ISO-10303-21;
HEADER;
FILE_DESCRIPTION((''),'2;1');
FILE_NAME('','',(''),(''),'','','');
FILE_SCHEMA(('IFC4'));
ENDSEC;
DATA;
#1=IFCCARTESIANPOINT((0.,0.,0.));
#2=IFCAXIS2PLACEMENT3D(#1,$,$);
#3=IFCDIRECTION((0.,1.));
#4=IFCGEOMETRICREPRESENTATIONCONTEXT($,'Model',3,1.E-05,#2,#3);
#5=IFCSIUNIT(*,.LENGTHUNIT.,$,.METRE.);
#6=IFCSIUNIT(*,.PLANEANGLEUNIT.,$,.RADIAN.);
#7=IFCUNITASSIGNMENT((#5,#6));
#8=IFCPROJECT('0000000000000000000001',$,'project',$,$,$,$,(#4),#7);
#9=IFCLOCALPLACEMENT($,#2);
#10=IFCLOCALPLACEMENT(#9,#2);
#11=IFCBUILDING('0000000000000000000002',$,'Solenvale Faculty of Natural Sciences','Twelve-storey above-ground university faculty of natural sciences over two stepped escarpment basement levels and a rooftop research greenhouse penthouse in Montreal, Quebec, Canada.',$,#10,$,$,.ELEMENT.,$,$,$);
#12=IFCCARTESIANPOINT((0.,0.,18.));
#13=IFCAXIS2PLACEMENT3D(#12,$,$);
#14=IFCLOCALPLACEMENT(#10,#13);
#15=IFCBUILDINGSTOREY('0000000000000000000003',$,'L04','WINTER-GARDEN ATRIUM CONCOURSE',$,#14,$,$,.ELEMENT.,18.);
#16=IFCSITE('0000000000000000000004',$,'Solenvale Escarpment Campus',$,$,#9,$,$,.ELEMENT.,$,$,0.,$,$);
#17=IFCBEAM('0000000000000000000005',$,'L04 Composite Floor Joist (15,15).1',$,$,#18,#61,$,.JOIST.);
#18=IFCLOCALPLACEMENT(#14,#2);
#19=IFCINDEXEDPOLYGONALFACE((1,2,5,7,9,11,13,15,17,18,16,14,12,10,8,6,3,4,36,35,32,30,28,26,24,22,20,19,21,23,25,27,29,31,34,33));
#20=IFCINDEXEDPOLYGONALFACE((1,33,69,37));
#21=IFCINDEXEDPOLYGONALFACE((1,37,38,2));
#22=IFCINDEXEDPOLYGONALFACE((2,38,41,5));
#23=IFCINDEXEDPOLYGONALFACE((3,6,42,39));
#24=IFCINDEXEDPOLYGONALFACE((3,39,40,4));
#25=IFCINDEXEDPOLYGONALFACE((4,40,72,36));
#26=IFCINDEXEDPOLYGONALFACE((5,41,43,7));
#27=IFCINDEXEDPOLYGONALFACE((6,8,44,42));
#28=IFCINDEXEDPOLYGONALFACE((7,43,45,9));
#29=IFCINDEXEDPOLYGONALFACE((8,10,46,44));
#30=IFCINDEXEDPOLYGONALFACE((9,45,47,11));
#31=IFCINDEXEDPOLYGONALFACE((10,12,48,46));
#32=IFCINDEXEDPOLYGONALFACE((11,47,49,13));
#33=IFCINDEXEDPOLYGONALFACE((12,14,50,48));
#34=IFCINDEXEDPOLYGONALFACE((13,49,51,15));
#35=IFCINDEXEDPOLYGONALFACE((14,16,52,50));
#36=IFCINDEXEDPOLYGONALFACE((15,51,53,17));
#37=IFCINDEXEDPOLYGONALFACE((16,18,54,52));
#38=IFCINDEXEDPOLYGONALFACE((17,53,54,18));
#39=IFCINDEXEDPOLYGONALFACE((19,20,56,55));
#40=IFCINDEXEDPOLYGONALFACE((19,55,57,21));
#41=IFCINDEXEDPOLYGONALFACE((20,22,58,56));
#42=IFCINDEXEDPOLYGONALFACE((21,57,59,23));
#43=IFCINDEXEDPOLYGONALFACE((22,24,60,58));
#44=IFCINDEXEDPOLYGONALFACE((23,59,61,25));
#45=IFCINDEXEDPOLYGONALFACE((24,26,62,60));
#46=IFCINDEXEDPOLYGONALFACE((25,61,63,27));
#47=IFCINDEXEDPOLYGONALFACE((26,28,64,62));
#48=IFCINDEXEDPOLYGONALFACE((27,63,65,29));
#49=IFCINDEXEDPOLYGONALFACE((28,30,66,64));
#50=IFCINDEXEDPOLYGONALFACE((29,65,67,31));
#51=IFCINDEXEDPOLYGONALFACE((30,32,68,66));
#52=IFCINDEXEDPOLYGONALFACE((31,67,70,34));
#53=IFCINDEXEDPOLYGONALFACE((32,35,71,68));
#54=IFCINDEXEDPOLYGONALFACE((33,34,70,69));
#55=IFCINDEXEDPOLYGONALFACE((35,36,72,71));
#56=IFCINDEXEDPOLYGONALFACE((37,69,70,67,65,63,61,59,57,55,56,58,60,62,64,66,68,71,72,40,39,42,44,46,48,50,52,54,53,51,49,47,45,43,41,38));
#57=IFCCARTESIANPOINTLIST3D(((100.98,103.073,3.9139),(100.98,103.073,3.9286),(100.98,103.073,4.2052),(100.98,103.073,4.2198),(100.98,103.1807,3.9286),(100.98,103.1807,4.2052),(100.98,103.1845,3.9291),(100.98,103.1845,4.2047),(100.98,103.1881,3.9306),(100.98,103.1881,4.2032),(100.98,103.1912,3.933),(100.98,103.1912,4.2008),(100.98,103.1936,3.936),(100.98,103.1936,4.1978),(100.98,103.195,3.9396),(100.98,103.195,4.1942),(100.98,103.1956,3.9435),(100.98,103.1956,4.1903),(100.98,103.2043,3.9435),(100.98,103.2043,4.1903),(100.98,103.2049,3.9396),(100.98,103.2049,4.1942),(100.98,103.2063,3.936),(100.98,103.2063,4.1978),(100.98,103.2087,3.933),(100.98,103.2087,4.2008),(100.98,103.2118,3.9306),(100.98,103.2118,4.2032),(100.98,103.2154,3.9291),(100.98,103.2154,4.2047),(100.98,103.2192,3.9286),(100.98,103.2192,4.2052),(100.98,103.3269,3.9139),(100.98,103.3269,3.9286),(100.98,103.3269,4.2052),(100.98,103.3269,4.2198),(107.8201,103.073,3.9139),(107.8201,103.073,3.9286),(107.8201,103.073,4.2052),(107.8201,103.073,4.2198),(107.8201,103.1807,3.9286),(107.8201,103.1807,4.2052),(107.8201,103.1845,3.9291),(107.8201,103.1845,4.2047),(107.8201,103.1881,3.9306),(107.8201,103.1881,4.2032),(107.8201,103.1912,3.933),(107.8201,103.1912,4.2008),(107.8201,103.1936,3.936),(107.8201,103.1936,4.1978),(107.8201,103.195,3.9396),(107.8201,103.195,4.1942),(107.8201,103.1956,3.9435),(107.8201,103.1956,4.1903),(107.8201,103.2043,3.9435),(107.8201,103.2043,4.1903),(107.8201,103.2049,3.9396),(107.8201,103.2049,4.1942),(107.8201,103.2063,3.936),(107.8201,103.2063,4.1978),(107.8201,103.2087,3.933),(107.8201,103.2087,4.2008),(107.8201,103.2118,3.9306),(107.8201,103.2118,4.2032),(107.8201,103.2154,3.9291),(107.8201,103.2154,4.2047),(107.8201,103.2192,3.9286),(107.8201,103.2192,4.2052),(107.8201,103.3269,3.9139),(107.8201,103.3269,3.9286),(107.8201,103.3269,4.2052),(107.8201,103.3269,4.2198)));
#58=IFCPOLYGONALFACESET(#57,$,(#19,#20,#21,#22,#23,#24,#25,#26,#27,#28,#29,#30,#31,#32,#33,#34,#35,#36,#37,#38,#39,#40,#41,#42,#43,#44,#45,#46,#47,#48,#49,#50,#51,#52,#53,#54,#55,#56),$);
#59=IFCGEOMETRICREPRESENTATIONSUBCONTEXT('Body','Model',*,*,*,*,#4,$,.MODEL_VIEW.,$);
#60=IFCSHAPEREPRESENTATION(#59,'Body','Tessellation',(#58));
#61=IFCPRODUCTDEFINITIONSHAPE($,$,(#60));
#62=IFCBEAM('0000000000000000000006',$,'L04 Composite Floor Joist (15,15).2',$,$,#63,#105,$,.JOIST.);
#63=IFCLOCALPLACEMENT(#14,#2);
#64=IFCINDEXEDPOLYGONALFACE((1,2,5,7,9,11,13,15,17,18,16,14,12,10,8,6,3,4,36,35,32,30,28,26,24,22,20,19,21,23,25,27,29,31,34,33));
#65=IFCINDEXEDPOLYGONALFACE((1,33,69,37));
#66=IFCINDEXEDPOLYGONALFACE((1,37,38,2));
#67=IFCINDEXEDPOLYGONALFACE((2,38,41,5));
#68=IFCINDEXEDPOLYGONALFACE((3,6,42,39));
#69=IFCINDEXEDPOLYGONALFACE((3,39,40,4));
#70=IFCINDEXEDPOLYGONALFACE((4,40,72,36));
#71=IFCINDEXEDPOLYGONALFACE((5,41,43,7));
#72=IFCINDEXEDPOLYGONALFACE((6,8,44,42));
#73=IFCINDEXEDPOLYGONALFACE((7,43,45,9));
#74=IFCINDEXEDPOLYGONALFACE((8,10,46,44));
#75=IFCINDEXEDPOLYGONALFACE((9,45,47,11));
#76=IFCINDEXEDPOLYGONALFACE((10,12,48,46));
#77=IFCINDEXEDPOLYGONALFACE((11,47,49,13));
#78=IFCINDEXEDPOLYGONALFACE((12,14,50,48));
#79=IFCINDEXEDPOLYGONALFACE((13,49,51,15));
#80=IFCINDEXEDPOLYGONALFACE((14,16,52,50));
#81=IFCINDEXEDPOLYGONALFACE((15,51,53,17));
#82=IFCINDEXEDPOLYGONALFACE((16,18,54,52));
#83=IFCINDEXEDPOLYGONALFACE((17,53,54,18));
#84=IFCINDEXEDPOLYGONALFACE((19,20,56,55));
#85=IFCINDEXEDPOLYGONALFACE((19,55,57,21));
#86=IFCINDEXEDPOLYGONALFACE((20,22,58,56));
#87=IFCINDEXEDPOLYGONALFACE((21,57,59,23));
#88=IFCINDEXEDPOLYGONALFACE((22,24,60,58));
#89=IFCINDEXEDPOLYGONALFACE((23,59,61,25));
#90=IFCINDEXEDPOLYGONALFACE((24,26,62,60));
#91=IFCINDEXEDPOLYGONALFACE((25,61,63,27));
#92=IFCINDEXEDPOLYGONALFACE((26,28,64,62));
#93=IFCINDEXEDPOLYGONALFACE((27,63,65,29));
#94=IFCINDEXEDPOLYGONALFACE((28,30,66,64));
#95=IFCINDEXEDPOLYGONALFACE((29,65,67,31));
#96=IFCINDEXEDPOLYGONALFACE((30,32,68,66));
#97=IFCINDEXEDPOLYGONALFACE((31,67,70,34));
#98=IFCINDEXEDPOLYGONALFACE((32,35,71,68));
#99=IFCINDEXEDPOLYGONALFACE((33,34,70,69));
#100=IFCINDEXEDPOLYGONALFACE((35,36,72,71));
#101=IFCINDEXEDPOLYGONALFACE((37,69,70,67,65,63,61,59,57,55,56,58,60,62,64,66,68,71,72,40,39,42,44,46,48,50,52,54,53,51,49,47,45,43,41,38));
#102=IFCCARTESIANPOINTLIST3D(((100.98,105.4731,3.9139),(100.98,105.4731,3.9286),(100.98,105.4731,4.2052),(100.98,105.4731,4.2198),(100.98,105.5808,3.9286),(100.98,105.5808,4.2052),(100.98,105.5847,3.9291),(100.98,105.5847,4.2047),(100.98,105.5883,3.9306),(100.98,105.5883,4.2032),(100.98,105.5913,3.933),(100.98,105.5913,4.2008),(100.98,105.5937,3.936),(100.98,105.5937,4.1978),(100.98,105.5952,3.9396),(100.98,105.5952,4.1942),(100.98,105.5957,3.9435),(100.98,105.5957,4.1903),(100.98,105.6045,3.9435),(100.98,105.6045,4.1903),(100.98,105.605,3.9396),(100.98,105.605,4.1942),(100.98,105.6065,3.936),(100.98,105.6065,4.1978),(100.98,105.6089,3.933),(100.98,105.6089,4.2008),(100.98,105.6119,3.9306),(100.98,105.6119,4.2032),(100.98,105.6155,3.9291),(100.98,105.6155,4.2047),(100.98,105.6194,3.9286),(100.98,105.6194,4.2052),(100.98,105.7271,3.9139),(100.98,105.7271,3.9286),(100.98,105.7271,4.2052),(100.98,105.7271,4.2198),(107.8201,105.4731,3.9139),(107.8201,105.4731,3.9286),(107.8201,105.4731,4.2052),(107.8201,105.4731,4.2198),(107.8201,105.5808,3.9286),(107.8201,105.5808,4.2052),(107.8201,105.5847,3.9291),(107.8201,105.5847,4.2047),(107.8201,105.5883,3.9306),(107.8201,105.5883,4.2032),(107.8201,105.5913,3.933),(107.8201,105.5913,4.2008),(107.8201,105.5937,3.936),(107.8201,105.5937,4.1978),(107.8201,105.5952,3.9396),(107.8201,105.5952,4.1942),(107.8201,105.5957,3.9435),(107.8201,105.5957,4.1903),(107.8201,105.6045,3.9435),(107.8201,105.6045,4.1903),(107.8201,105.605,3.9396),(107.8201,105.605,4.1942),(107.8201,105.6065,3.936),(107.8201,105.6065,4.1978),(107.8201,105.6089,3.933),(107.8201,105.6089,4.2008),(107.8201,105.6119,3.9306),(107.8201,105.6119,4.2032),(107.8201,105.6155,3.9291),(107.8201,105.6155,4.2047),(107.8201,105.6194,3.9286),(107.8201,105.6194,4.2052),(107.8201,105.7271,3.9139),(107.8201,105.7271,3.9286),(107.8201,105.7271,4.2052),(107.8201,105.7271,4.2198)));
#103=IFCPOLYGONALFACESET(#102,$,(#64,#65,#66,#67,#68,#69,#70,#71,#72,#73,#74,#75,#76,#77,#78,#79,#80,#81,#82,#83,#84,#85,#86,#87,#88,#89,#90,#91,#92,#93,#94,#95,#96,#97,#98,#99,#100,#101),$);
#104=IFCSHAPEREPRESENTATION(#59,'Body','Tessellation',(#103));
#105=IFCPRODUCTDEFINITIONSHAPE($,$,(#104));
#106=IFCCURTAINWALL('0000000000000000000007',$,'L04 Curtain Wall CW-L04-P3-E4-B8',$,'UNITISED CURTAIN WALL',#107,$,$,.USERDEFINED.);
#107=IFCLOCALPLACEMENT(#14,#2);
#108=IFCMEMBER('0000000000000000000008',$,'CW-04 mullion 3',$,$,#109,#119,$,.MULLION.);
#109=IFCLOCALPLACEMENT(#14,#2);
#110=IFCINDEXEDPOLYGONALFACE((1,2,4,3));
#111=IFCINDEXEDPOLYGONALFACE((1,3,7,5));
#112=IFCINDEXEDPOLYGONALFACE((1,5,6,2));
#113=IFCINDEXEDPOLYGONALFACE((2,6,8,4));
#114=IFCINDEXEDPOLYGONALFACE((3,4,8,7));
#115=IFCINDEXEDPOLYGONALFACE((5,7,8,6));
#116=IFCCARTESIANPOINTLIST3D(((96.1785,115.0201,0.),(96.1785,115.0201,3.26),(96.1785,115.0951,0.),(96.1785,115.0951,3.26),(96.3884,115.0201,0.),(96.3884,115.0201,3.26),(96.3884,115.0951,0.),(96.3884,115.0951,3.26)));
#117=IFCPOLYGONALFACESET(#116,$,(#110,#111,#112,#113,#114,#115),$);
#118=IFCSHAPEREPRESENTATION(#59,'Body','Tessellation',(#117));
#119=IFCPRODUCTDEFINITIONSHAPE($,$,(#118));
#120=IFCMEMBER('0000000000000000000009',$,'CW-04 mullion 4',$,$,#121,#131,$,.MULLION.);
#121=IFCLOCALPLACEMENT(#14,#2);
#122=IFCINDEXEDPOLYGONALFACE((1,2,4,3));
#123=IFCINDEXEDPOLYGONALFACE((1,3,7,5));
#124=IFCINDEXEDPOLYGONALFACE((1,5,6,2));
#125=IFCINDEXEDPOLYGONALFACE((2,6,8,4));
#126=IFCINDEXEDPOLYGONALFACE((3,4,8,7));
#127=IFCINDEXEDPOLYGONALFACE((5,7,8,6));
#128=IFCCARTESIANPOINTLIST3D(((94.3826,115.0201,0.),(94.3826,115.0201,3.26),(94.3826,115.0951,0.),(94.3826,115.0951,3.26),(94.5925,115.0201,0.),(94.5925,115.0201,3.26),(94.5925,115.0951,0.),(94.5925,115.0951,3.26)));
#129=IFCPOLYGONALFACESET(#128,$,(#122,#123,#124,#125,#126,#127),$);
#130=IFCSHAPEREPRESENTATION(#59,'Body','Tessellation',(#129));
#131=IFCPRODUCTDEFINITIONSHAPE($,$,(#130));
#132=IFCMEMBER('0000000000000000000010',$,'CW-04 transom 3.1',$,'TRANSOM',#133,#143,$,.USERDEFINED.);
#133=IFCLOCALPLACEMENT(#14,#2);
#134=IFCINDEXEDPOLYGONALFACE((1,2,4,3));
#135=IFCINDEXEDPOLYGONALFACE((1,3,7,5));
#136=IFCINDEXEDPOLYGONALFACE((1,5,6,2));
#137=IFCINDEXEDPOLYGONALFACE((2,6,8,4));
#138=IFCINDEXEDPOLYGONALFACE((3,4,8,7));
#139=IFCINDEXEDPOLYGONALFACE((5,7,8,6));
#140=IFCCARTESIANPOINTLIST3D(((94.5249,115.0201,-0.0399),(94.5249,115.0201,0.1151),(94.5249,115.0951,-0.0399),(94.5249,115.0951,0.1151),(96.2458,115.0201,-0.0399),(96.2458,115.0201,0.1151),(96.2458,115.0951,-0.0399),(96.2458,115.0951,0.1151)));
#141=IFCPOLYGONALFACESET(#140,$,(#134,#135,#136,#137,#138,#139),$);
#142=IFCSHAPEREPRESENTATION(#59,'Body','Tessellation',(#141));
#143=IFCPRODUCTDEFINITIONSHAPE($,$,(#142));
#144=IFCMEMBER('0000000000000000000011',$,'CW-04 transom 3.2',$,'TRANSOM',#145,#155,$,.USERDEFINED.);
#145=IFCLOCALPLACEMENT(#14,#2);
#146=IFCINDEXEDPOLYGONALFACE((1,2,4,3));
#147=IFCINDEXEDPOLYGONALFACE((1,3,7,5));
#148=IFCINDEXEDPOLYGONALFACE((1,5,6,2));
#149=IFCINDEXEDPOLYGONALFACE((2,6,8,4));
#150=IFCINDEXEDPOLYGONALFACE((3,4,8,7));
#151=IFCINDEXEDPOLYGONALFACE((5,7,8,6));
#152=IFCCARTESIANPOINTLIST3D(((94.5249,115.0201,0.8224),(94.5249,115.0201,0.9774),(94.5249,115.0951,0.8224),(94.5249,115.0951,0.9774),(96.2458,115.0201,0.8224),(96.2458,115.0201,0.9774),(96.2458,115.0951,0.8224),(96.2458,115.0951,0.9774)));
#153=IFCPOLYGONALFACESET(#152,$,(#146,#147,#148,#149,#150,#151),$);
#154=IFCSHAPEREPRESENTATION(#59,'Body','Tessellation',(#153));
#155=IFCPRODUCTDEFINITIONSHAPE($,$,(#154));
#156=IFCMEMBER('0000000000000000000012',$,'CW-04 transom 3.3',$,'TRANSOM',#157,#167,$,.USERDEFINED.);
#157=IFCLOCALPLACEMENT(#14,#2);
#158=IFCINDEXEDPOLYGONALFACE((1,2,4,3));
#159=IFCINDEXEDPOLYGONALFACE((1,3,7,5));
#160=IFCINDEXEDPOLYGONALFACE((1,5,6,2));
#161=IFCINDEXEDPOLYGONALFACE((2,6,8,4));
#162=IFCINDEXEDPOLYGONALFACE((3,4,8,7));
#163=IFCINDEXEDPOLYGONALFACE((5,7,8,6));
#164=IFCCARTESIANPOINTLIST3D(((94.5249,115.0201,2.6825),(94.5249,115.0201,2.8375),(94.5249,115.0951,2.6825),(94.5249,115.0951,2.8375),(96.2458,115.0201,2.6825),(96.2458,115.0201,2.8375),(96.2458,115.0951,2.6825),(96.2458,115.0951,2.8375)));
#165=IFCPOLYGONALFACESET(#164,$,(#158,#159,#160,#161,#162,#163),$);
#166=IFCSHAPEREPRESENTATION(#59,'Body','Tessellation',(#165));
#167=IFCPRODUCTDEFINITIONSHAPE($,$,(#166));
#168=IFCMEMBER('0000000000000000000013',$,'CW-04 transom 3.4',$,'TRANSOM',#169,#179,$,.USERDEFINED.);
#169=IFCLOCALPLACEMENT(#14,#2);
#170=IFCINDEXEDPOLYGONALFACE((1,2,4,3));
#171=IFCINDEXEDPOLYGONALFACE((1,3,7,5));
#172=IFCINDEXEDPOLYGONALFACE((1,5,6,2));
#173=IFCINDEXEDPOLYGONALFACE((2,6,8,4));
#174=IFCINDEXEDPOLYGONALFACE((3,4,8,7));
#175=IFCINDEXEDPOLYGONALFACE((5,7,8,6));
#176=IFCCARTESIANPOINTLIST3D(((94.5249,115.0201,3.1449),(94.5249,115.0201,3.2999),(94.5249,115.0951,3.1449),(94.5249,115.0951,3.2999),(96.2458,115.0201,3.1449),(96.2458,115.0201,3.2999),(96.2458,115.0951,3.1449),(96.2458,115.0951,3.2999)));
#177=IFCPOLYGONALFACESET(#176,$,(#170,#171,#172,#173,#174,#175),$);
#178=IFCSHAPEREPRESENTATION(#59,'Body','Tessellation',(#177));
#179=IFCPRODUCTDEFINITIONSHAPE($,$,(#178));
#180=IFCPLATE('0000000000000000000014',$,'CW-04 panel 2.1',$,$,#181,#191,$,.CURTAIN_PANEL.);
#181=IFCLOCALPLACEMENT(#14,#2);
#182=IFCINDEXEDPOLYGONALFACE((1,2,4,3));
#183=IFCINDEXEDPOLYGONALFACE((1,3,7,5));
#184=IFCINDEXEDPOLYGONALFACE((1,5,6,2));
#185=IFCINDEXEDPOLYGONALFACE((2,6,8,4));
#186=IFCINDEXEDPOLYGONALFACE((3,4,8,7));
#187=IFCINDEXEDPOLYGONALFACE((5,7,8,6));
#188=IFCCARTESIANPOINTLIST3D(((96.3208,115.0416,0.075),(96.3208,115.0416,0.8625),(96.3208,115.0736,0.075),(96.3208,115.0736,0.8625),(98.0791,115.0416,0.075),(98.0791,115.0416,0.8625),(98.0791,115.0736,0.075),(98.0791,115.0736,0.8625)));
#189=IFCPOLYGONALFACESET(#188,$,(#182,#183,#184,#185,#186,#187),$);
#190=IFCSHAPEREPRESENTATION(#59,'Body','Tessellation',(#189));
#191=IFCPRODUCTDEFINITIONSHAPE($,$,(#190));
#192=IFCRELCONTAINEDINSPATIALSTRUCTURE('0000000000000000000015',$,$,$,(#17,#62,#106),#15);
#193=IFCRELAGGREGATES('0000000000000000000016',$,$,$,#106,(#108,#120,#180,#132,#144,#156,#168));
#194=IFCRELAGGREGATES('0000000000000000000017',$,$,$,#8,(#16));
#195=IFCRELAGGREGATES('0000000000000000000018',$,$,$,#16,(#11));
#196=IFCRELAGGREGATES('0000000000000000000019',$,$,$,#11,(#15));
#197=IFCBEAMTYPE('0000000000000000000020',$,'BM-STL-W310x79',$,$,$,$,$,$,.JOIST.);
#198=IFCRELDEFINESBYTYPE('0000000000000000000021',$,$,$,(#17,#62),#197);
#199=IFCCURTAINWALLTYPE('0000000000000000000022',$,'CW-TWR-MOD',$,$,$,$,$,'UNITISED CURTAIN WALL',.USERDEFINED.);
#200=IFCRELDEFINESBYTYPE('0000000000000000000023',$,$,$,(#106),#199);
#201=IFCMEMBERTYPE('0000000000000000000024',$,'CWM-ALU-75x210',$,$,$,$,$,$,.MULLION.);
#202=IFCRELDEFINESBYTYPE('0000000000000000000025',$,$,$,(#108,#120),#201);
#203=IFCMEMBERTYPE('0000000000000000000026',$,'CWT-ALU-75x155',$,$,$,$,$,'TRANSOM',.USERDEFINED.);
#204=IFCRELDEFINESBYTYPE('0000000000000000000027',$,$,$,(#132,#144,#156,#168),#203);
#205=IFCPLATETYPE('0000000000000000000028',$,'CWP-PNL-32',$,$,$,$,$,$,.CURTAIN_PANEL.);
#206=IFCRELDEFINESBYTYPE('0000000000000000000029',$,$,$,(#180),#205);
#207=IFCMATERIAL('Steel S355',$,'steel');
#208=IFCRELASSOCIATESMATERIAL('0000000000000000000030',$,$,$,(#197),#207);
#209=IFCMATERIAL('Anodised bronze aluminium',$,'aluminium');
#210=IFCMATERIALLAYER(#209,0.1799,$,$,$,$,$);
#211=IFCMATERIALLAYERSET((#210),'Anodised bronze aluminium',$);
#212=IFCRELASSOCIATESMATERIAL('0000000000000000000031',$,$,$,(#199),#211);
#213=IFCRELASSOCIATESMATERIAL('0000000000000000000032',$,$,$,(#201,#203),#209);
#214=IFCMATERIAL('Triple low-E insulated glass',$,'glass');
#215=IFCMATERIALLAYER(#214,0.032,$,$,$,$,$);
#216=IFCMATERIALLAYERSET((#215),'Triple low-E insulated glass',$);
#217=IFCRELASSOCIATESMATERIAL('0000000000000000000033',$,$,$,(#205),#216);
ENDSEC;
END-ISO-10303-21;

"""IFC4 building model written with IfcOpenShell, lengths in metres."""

from ifc_helpers import new_model, si_unit, direction, frame, origin, origin_2d, place, context, subcontext, project, spatial, rectangle, i_section, extrude, material, layer, layer_set, material_profile, profile_set, type_object, element, aggregate, save


model = new_model("IFC4")

# Units and contexts
model_context = context("Model", 3, precision=1e-05, world=origin(), true_north=direction((0.0, 1.0)))
body_context = subcontext(model_context, "Body", "Model", "MODEL_VIEW")
ifc_project = project(units=[si_unit("LENGTHUNIT", "METRE"), si_unit("PLANEANGLEUNIT", "RADIAN")], contexts=[model_context])

# Site, building, storey
site_placement = place(None, origin())
site = spatial("IfcSite", under=ifc_project, at=site_placement, Name="Solenvale Escarpment Campus", CompositionType="ELEMENT", RefElevation=0.0)
building_placement = place(site_placement, origin())
building = spatial("IfcBuilding", under=site, at=building_placement, Name="Solenvale Faculty of Natural Sciences", Description="Twelve-storey above-ground university faculty of natural sciences over two stepped escarpment basement levels and a rooftop research greenhouse penthouse in Montreal, Quebec, Canada.", CompositionType="ELEMENT")
storey_placement = place(building_placement, frame((0.0, 0.0, 18.0)))
storey = spatial("IfcBuildingStorey", under=building, at=storey_placement, Name="L04", Description="WINTER-GARDEN ATRIUM CONCOURSE", CompositionType="ELEMENT", Elevation=18.0)

# Beams
ifc_material_1 = material(Name="Steel S355", Category="steel")
ifc_material_profile_1 = material_profile(ifc_material_1, i_section(OverallWidth=0.2539, OverallDepth=0.3059, WebThickness=0.0088, FlangeThickness=0.0146, FilletRadius=0.0149, at=origin_2d()), Name="W310x79")
ifc_profile_set_1 = profile_set([ifc_material_profile_1], Name="Steel S355")
beam_type_1 = type_object("IfcBeamType", Name="BM-STL-W310x79", PredefinedType="JOIST", material=ifc_profile_set_1)
for number, where, z_axis, x_axis, name in (
    (1, (100.98, 103.2, 4.0669), (1.0, 0.0, 0.0), (0.0, 1.0, 0.0), "L04 Composite Floor Joist (15,15).1"),
    (2, (100.98, 105.6001, 4.0669), (1.0, 0.0, 0.0), (0.0, 1.0, 0.0), "L04 Composite Floor Joist (15,15).2"),
):
    element("IfcBeam", number, at=place(storey_placement, frame(where, z_axis=z_axis, x_axis=x_axis)), inside=storey, type_object=beam_type_1, Name=name, PredefinedType="JOIST", context=body_context, shape_type="SweptSolid", body=[
        extrude(i_section(OverallWidth=0.2539, OverallDepth=0.3059, WebThickness=0.0088, FlangeThickness=0.0146, FilletRadius=0.0149, at=origin_2d()), origin(), (0.0, 0.0, 1.0), 6.8401),
    ])

# Curtain wall, members, plate
ifc_material_2 = material(Name="Anodised bronze aluminium", Category="aluminium")
ifc_layer_1 = layer(ifc_material_2, 0.1799)
ifc_layer_set_1 = layer_set([ifc_layer_1], Name="Anodised bronze aluminium")
curtain_wall_type = type_object("IfcCurtainWallType", Name="CW-TWR-MOD", ElementType="UNITISED CURTAIN WALL", PredefinedType="USERDEFINED", material=ifc_layer_set_1)
curtain_wall_placement = place(storey_placement, origin())
curtain_wall = element("IfcCurtainWall", 3, at=curtain_wall_placement, inside=storey, type_object=curtain_wall_type, Name="L04 Curtain Wall CW-L04-P3-E4-B8", ObjectType="UNITISED CURTAIN WALL", PredefinedType="USERDEFINED")
ifc_material_profile_2 = material_profile(ifc_material_2, rectangle(XDim=0.075, YDim=0.21, at=origin_2d()), Name="ALU-MUL-75x210")
ifc_profile_set_2 = profile_set([ifc_material_profile_2], Name="Anodised bronze aluminium")
member_type_1 = type_object("IfcMemberType", Name="CWM-ALU-75x210", PredefinedType="MULLION", material=ifc_profile_set_2)
member_1_placement = place(storey_placement, frame((96.2834, 115.0576, 0.0), z_axis=(0.0, 0.0, 1.0), x_axis=(0.0, -1.0, 0.0)))
member_1 = element("IfcMember", 4, at=member_1_placement, type_object=member_type_1, Name="CW-04 mullion 3", PredefinedType="MULLION", context=body_context, shape_type="SweptSolid", body=[
    extrude(rectangle(XDim=0.075, YDim=0.21, at=origin_2d()), origin(), (0.0, 0.0, 1.0), 3.26),
])
member_2_placement = place(storey_placement, frame((94.4875, 115.0576, 0.0), z_axis=(0.0, 0.0, 1.0), x_axis=(0.0, -1.0, 0.0)))
member_2 = element("IfcMember", 5, at=member_2_placement, type_object=member_type_1, Name="CW-04 mullion 4", PredefinedType="MULLION", context=body_context, shape_type="SweptSolid", body=[
    extrude(rectangle(XDim=0.075, YDim=0.21, at=origin_2d()), origin(), (0.0, 0.0, 1.0), 3.26),
])
ifc_material_profile_3 = material_profile(ifc_material_2, rectangle(XDim=0.075, YDim=0.155, at=origin_2d()), Name="ALU-TRN-75x155")
ifc_profile_set_3 = profile_set([ifc_material_profile_3], Name="Anodised bronze aluminium")
member_type_2 = type_object("IfcMemberType", Name="CWT-ALU-75x155", ElementType="TRANSOM", PredefinedType="USERDEFINED", material=ifc_profile_set_3)
member_3_placement = place(storey_placement, frame((96.2458, 115.0576, 0.0376), z_axis=(-1.0, 0.0, 0.0), x_axis=(0.0, -1.0, 0.0)))
member_3 = element("IfcMember", 6, at=member_3_placement, type_object=member_type_2, Name="CW-04 transom 3.1", ObjectType="TRANSOM", PredefinedType="USERDEFINED", context=body_context, shape_type="SweptSolid", body=[
    extrude(rectangle(XDim=0.075, YDim=0.155, at=origin_2d()), origin(), (0.0, 0.0, 1.0), 1.7209),
])
member_4_placement = place(storey_placement, frame((96.2458, 115.0576, 0.8999), z_axis=(-1.0, 0.0, 0.0), x_axis=(0.0, -1.0, 0.0)))
member_4 = element("IfcMember", 7, at=member_4_placement, type_object=member_type_2, Name="CW-04 transom 3.2", ObjectType="TRANSOM", PredefinedType="USERDEFINED", context=body_context, shape_type="SweptSolid", body=[
    extrude(rectangle(XDim=0.075, YDim=0.155, at=origin_2d()), origin(), (0.0, 0.0, 1.0), 1.7209),
])
member_5_placement = place(storey_placement, frame((96.2458, 115.0576, 2.76), z_axis=(-1.0, 0.0, 0.0), x_axis=(0.0, -1.0, 0.0)))
member_5 = element("IfcMember", 8, at=member_5_placement, type_object=member_type_2, Name="CW-04 transom 3.3", ObjectType="TRANSOM", PredefinedType="USERDEFINED", context=body_context, shape_type="SweptSolid", body=[
    extrude(rectangle(XDim=0.075, YDim=0.155, at=origin_2d()), origin(), (0.0, 0.0, 1.0), 1.7209),
])
member_6_placement = place(storey_placement, frame((96.2458, 115.0576, 3.2224), z_axis=(-1.0, 0.0, 0.0), x_axis=(0.0, -1.0, 0.0)))
member_6 = element("IfcMember", 9, at=member_6_placement, type_object=member_type_2, Name="CW-04 transom 3.4", ObjectType="TRANSOM", PredefinedType="USERDEFINED", context=body_context, shape_type="SweptSolid", body=[
    extrude(rectangle(XDim=0.075, YDim=0.155, at=origin_2d()), origin(), (0.0, 0.0, 1.0), 1.7209),
])
ifc_material_3 = material(Name="Triple low-E insulated glass", Category="glass")
ifc_layer_2 = layer(ifc_material_3, 0.032)
ifc_layer_set_2 = layer_set([ifc_layer_2], Name="Triple low-E insulated glass")
plate_type = type_object("IfcPlateType", Name="CWP-PNL-32", PredefinedType="CURTAIN_PANEL", material=ifc_layer_set_2)
plate_1_placement = place(storey_placement, frame((97.2, 115.0576, 0.075), z_axis=(0.0, 0.0, 1.0), x_axis=(-1.0, 0.0, 0.0)))
plate_1 = element("IfcPlate", 10, at=plate_1_placement, type_object=plate_type, Name="CW-04 panel 2.1", PredefinedType="CURTAIN_PANEL", context=body_context, shape_type="SweptSolid", body=[
    extrude(rectangle(XDim=1.7583, YDim=0.032, at=origin_2d()), origin(), (0.0, 0.0, 1.0), 0.7876),
])
aggregate(curtain_wall, [member_1, member_2, plate_1, member_3, member_4, member_5, member_6])

save(model, "model.ifc")
